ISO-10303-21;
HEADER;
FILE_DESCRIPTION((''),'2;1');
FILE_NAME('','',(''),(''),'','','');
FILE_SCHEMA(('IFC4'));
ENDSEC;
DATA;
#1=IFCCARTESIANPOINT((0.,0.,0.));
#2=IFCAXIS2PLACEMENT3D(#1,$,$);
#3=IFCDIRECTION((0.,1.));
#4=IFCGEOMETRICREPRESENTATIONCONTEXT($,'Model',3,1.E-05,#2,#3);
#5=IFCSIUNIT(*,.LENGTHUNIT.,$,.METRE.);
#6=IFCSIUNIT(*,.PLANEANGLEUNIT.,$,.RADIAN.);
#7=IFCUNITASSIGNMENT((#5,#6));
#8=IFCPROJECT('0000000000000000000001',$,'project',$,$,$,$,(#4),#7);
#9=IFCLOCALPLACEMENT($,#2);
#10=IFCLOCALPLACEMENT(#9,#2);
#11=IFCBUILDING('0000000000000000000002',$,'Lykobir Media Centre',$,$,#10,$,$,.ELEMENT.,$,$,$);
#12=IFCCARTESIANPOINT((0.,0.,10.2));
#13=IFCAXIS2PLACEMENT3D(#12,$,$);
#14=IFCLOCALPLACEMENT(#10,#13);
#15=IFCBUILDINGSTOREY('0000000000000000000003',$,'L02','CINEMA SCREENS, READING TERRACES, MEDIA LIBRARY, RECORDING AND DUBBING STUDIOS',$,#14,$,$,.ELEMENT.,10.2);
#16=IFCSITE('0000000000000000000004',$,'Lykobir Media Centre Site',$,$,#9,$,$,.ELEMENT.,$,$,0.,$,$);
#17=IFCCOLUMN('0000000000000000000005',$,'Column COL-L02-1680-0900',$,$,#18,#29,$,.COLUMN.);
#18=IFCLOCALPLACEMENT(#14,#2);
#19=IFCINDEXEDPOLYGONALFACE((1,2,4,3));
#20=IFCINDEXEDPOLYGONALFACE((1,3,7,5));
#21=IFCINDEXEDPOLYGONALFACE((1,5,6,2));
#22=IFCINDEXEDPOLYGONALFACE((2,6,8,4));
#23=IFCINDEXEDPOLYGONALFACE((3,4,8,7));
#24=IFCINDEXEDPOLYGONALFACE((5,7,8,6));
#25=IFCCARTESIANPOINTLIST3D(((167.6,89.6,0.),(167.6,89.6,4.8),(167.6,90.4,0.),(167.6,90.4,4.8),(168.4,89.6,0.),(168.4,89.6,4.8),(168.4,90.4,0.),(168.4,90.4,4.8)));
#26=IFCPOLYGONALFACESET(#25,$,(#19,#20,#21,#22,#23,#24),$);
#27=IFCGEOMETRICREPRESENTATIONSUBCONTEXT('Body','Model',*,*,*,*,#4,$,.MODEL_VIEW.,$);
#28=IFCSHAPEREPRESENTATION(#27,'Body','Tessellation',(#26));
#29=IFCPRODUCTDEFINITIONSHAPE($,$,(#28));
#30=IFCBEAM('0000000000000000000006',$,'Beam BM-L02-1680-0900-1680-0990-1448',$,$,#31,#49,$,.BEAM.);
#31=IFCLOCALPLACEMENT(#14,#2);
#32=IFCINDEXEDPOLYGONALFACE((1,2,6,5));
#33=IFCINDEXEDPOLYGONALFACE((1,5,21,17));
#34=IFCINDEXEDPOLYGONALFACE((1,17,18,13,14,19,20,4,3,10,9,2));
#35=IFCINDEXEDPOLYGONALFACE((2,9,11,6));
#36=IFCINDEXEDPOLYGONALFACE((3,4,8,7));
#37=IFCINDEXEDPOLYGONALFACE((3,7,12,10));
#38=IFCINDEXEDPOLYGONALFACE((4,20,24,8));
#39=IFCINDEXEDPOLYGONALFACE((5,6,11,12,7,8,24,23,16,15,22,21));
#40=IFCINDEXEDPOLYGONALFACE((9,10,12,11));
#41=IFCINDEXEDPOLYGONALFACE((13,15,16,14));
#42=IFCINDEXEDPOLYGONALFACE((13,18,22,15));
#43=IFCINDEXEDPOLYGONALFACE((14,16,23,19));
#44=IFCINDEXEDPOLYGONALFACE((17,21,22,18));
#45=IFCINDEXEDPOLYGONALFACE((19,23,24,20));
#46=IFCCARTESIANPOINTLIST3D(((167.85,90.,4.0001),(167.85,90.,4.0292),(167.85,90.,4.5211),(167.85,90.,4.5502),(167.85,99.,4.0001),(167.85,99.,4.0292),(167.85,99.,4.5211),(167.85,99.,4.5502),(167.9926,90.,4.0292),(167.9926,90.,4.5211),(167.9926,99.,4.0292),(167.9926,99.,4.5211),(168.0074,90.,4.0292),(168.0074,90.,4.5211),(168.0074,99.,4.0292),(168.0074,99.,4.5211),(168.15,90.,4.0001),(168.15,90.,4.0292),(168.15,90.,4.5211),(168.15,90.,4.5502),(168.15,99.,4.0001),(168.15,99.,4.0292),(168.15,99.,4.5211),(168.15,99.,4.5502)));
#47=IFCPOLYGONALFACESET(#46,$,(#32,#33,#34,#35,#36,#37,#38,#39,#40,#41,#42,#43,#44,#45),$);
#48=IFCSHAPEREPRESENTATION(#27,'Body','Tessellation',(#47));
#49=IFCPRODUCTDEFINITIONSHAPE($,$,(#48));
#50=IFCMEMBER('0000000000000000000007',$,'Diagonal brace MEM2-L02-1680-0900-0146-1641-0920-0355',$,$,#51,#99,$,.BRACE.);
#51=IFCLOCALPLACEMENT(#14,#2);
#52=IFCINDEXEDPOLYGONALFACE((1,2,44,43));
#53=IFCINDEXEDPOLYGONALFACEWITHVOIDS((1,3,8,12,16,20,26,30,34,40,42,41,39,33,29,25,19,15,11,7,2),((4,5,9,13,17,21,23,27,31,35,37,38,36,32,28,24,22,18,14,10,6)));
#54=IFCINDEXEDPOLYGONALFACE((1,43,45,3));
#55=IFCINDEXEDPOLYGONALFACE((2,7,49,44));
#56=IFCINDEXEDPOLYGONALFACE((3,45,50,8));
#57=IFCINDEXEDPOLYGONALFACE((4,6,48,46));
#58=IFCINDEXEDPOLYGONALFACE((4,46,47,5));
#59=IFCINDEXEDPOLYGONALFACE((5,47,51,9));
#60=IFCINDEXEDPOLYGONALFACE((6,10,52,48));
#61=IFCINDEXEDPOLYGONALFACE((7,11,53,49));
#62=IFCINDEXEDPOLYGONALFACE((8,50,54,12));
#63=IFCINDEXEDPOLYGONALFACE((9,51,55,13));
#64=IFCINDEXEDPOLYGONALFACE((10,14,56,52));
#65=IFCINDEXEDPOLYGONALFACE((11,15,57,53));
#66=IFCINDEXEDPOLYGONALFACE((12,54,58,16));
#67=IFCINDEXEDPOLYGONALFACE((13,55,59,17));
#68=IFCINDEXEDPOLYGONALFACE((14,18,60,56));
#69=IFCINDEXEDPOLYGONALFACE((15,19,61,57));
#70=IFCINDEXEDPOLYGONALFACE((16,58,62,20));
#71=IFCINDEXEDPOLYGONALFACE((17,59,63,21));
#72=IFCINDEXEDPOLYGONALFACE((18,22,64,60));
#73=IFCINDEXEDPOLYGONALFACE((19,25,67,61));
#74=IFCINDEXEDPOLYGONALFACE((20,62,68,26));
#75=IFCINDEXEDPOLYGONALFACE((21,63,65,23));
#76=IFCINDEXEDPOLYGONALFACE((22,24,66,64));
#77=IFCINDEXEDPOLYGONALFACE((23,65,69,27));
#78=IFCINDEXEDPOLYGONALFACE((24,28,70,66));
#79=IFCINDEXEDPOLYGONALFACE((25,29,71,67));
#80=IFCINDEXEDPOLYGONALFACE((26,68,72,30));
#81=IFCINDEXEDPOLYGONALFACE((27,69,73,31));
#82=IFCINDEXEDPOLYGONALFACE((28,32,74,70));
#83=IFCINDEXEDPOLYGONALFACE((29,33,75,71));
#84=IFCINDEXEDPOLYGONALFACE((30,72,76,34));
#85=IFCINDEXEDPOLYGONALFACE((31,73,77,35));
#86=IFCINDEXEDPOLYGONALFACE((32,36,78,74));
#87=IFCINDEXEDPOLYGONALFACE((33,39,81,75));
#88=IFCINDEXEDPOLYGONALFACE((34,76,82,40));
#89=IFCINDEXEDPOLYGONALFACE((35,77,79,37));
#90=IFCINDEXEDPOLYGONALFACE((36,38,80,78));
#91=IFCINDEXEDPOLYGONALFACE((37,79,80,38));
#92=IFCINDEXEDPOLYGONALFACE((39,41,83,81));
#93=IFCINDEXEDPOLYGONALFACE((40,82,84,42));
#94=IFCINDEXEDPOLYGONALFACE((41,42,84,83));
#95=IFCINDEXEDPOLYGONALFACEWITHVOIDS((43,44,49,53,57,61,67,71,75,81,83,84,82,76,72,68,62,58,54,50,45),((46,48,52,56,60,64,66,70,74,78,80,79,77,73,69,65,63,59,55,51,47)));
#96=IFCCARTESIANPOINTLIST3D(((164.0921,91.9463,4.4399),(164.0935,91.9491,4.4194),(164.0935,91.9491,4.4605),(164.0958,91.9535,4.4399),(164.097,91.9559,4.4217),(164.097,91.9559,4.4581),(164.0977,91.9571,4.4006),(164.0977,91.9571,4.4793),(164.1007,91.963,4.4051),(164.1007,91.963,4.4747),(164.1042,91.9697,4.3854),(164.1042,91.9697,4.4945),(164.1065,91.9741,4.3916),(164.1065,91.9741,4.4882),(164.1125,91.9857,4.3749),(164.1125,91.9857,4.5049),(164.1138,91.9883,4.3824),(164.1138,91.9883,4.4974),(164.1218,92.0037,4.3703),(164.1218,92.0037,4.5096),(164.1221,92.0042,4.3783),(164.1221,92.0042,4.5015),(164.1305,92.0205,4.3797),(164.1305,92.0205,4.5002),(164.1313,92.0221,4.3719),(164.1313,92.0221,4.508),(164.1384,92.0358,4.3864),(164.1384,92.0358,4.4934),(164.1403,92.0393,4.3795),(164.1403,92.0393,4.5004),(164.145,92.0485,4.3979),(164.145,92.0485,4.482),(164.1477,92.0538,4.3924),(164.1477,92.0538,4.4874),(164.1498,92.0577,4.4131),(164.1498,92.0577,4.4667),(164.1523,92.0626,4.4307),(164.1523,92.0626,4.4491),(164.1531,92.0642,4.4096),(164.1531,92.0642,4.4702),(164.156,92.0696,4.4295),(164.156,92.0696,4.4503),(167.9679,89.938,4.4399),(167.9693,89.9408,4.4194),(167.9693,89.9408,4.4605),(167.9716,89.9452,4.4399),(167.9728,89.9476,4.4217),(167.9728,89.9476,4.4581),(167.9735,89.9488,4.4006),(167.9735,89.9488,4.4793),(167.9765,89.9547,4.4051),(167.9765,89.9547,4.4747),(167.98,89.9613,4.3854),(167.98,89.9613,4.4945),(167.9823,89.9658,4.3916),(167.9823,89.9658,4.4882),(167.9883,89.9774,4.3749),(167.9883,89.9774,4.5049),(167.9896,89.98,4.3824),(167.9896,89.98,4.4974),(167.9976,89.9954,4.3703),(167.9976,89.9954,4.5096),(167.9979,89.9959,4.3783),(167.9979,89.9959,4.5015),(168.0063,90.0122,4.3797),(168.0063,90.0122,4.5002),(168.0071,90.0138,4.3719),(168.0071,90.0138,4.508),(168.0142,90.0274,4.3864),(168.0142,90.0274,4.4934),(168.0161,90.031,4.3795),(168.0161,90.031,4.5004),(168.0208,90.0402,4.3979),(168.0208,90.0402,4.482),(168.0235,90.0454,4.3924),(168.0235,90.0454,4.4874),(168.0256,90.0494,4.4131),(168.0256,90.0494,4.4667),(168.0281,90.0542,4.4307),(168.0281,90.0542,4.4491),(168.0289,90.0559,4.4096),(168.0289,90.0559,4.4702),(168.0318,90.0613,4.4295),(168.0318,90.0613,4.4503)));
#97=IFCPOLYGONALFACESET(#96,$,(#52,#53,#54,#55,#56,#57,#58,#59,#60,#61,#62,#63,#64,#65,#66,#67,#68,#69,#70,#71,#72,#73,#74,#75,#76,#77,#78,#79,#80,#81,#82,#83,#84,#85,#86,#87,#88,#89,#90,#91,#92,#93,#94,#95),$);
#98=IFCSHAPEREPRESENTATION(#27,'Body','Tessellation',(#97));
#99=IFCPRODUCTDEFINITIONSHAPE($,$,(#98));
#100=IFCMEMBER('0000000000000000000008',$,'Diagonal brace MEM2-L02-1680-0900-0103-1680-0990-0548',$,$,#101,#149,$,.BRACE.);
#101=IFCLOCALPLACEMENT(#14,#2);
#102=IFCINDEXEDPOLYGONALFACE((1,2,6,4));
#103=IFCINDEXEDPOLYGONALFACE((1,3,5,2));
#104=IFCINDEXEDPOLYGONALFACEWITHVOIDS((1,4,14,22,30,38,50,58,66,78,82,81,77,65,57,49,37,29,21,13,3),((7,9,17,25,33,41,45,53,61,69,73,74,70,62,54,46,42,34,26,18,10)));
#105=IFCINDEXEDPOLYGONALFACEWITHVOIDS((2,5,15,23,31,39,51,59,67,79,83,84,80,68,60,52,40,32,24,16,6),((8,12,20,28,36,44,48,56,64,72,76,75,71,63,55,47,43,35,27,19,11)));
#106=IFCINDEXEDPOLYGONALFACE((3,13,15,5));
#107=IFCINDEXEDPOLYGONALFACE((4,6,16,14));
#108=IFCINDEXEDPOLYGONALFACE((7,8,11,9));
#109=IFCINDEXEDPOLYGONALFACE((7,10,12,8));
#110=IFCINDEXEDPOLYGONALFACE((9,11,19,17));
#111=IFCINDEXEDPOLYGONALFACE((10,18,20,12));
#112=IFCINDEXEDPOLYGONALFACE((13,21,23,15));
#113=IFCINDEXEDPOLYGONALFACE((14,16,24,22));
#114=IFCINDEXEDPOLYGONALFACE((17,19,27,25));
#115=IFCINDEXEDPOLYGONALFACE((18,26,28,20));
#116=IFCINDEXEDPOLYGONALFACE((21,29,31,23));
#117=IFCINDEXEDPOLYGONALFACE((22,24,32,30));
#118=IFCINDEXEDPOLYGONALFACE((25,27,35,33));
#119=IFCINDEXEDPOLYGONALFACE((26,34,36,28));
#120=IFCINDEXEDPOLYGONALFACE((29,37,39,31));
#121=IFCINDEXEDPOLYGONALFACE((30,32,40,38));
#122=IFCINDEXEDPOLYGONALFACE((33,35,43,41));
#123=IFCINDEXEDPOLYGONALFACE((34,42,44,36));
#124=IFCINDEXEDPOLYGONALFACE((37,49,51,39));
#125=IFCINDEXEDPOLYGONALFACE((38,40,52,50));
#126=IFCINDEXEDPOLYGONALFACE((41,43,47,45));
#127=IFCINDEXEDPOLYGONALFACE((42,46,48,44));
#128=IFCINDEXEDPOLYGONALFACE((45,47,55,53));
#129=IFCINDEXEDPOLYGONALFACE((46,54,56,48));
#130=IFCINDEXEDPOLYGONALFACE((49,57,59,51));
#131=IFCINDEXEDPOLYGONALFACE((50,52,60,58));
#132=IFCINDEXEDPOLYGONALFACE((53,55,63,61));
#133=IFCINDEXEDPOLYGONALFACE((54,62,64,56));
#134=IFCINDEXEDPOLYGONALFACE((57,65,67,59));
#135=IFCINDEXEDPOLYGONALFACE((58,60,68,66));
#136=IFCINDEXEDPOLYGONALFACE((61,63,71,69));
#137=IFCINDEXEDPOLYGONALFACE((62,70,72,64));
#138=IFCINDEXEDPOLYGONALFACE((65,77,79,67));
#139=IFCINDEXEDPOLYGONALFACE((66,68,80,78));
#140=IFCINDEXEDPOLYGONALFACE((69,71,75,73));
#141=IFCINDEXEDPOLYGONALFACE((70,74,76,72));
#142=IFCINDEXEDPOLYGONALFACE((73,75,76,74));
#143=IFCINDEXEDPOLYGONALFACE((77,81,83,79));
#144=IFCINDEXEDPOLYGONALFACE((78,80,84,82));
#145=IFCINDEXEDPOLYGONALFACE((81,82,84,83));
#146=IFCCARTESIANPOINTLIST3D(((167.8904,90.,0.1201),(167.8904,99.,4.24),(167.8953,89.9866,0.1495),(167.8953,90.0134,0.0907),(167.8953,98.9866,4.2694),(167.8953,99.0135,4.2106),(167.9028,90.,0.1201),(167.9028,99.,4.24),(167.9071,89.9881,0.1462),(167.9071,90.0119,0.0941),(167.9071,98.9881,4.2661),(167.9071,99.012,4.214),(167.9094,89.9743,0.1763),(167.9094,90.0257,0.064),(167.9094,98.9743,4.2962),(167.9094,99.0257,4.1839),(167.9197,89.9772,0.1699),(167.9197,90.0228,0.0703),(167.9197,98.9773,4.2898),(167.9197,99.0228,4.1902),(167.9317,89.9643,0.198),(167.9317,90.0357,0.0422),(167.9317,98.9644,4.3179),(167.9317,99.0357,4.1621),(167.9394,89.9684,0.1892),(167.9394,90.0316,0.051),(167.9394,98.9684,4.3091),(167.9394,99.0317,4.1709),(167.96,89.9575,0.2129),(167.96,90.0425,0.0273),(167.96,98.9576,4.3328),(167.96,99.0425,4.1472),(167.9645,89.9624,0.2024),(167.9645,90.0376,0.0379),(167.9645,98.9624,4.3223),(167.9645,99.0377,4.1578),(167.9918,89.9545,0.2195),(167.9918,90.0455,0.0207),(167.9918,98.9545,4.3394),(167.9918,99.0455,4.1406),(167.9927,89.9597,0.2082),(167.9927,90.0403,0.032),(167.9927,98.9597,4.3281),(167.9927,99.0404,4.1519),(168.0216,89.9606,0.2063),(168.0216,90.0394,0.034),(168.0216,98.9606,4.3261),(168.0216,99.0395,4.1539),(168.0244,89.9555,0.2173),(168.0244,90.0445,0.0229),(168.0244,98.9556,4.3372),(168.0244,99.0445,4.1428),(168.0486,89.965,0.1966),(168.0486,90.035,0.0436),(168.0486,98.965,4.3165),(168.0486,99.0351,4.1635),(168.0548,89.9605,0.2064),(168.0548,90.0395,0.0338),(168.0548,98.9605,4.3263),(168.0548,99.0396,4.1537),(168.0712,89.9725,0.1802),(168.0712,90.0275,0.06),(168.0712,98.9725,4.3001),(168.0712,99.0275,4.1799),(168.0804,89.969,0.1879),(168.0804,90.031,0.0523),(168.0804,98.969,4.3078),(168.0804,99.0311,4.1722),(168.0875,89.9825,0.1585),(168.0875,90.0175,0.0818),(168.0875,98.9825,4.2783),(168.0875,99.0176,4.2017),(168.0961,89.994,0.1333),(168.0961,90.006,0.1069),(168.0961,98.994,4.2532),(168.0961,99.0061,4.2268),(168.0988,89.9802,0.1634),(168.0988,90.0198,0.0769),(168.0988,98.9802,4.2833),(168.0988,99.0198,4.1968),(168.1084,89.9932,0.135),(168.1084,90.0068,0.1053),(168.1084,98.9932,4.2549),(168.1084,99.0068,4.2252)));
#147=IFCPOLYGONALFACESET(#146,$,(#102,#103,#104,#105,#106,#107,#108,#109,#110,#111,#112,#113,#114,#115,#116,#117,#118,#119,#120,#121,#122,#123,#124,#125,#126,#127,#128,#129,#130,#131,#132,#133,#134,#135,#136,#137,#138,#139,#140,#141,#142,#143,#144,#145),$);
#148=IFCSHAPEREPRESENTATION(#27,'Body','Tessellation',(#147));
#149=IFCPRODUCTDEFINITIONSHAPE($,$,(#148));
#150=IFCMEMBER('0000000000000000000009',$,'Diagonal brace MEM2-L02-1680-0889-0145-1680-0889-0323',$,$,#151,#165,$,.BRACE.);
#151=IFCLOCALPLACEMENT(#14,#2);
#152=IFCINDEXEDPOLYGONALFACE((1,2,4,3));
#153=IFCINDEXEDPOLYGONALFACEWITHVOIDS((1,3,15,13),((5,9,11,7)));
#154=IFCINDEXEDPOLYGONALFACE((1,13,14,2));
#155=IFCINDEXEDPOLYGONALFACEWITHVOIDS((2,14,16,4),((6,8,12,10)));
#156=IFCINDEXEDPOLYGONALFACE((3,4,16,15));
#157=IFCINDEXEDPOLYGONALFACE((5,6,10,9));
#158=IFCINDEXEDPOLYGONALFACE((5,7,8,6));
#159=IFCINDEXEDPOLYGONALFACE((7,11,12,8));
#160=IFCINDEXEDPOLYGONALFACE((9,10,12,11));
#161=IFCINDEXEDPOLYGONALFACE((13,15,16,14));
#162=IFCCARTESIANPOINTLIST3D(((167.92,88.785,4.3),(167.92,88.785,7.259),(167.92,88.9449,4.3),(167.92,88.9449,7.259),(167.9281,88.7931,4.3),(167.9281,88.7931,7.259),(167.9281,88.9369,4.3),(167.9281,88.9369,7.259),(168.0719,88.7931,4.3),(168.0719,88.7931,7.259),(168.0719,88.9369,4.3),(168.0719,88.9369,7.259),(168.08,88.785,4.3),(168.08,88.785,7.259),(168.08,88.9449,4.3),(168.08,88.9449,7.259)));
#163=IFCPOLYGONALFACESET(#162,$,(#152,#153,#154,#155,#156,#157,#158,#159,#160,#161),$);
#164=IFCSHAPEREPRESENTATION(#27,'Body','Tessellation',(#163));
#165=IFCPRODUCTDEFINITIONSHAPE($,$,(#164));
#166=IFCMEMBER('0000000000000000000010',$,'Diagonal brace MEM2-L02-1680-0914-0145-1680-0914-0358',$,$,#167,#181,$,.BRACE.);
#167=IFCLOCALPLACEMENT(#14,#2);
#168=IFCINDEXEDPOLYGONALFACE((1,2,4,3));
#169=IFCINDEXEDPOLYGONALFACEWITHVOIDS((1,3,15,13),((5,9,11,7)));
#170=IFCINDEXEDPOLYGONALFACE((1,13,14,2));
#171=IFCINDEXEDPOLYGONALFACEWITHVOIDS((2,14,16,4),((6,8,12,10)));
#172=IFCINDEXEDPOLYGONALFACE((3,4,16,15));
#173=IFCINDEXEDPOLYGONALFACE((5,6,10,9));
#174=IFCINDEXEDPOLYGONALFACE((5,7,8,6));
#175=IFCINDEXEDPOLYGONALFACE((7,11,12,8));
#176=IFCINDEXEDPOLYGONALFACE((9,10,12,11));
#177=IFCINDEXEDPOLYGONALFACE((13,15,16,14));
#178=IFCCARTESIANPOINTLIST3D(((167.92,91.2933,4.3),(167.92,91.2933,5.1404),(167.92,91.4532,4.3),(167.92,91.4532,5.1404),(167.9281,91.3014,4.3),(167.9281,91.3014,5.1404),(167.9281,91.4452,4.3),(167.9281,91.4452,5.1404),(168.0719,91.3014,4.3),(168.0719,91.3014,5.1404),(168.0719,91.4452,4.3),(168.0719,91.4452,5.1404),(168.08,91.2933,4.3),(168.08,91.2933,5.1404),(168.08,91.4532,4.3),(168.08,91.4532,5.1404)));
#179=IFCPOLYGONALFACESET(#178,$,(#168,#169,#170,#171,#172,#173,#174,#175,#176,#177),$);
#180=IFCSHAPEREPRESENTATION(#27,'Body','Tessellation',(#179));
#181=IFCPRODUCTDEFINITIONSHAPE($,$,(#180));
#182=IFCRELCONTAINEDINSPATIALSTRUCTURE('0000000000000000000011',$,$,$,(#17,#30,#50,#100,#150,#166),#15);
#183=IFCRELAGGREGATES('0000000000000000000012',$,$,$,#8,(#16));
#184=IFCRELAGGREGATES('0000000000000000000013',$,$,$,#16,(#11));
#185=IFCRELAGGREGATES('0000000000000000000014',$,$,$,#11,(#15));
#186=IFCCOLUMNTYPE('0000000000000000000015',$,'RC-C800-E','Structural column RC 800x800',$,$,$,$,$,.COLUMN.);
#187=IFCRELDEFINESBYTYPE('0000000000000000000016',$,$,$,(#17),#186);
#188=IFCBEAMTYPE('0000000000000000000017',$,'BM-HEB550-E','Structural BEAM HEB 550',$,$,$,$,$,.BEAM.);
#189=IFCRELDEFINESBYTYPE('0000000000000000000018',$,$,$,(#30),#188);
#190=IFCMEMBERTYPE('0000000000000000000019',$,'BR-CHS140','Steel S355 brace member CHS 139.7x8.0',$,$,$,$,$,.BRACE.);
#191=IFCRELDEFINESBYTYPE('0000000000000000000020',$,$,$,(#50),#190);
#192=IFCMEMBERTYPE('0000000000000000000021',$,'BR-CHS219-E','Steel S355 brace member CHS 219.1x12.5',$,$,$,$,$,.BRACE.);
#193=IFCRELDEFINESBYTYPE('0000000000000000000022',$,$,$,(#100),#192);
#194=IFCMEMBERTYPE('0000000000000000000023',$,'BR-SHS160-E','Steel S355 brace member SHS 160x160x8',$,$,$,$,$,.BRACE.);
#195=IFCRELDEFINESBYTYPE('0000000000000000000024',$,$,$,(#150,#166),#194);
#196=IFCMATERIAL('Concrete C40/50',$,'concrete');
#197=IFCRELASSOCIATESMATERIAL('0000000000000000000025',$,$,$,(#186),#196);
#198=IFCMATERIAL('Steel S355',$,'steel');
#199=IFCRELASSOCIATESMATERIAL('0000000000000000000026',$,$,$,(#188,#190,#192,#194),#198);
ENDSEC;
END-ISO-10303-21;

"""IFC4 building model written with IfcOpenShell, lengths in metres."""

from ifc_helpers import new_model, si_unit, direction, frame, origin, origin_2d, place, context, subcontext, project, spatial, rectangle, hollow_rectangle, hollow_circle, i_section, extrude, material, material_profile, profile_set, type_object, element, save


model = new_model("IFC4")

# Units and contexts
model_context = context("Model", 3, precision=1e-05, world=origin(), true_north=direction((0.0, 1.0)))
body_context = subcontext(model_context, "Body", "Model", "MODEL_VIEW")
ifc_project = project(units=[si_unit("LENGTHUNIT", "METRE"), si_unit("PLANEANGLEUNIT", "RADIAN")], contexts=[model_context])

# Site, building, storey
site_placement = place(None, origin())
site = spatial("IfcSite", under=ifc_project, at=site_placement, Name="Lykobir Media Centre Site", CompositionType="ELEMENT", RefElevation=0.0)
building_placement = place(site_placement, origin())
building = spatial("IfcBuilding", under=site, at=building_placement, Name="Lykobir Media Centre", CompositionType="ELEMENT")
storey_placement = place(building_placement, frame((0.0, 0.0, 10.2)))
storey = spatial("IfcBuildingStorey", under=building, at=storey_placement, Name="L02", Description="CINEMA SCREENS, READING TERRACES, MEDIA LIBRARY, RECORDING AND DUBBING STUDIOS", CompositionType="ELEMENT", Elevation=10.2)

# Column
ifc_material_1 = material(Name="Concrete C40/50", Category="concrete")
ifc_material_profile_1 = material_profile(ifc_material_1, rectangle(XDim=0.8, YDim=0.8, at=origin_2d()), Name="RC 800x800")
ifc_profile_set_1 = profile_set([ifc_material_profile_1], Name="Concrete C40/50")
column_type = type_object("IfcColumnType", Name="RC-C800-E", Description="Structural column RC 800x800", PredefinedType="COLUMN", material=ifc_profile_set_1)
column_placement = place(storey_placement, frame((168.0, 90.0, 0.0), z_axis=(0.0, 0.0, 1.0), x_axis=(1.0, 0.0, 0.0)))
element("IfcColumn", 1, at=column_placement, inside=storey, type_object=column_type, Name="Column COL-L02-1680-0900", PredefinedType="COLUMN", context=body_context, shape_type="SweptSolid", body=[
    extrude(rectangle(XDim=0.8, YDim=0.8, at=origin_2d()), origin(), (0.0, 0.0, 1.0), 4.8),
])

# Beam
ifc_material_2 = material(Name="Steel S355", Category="steel")
ifc_material_profile_2 = material_profile(ifc_material_2, i_section(OverallWidth=0.3, OverallDepth=0.55, WebThickness=0.0149, FlangeThickness=0.0291, at=origin_2d()), Name="HEB 550")
ifc_profile_set_2 = profile_set([ifc_material_profile_2], Name="Steel S355")
beam_type = type_object("IfcBeamType", Name="BM-HEB550-E", Description="Structural BEAM HEB 550", PredefinedType="BEAM", material=ifc_profile_set_2)
beam_placement = place(storey_placement, frame((168.0, 90.0, 4.2751), z_axis=(0.0, 1.0, 0.0), x_axis=(-1.0, 0.0, 0.0)))
element("IfcBeam", 2, at=beam_placement, inside=storey, type_object=beam_type, Name="Beam BM-L02-1680-0900-1680-0990-1448", PredefinedType="BEAM", context=body_context, shape_type="SweptSolid", body=[
    extrude(i_section(OverallWidth=0.3, OverallDepth=0.55, WebThickness=0.0149, FlangeThickness=0.0291, at=origin_2d()), origin(), (0.0, 0.0, 1.0), 9.0),
])

# Members
ifc_material_profile_3 = material_profile(ifc_material_2, hollow_circle(Radius=0.0698, WallThickness=0.0081, at=origin_2d()), Name="CHS 139.7x8.0")
ifc_profile_set_3 = profile_set([ifc_material_profile_3], Name="Steel S355")
member_type_1 = type_object("IfcMemberType", Name="BR-CHS140", Description="Steel S355 brace member CHS 139.7x8.0", PredefinedType="BRACE", material=ifc_profile_set_3)
member_1_placement = place(storey_placement, frame((168.0, 90.0, 4.4399), z_axis=(-0.88788, 0.460076, 0.0), x_axis=(-0.460076, -0.88788, 0.0)))
element("IfcMember", 3, at=member_1_placement, inside=storey, type_object=member_type_1, Name="Diagonal brace MEM2-L02-1680-0900-0146-1641-0920-0355", PredefinedType="BRACE", context=body_context, shape_type="SweptSolid", body=[
    extrude(hollow_circle(Radius=0.0698, WallThickness=0.0081, at=origin_2d()), origin(), (0.0, 0.0, 1.0), 4.3652),
])
ifc_material_profile_4 = material_profile(ifc_material_2, hollow_circle(Radius=0.1096, WallThickness=0.0125, at=origin_2d()), Name="CHS 219.1x12.5")
ifc_profile_set_4 = profile_set([ifc_material_profile_4], Name="Steel S355")
member_type_2 = type_object("IfcMemberType", Name="BR-CHS219-E", Description="Steel S355 brace member CHS 219.1x12.5", PredefinedType="BRACE", material=ifc_profile_set_4)
member_2_placement = place(storey_placement, frame((168.0, 90.0, 0.1201), z_axis=(0.0, 0.909261, 0.416227), x_axis=(-1.0, 0.0, 0.0)))
element("IfcMember", 4, at=member_2_placement, inside=storey, type_object=member_type_2, Name="Diagonal brace MEM2-L02-1680-0900-0103-1680-0990-0548", PredefinedType="BRACE", context=body_context, shape_type="SweptSolid", body=[
    extrude(hollow_circle(Radius=0.1096, WallThickness=0.0125, at=origin_2d()), origin(), (0.0, 0.0, 1.0), 9.8982),
])
ifc_material_profile_5 = material_profile(ifc_material_2, hollow_rectangle(XDim=0.1599, YDim=0.1599, WallThickness=0.0081, at=origin_2d()), Name="SHS 160x160x8")
ifc_profile_set_5 = profile_set([ifc_material_profile_5], Name="Steel S355")
member_type_3 = type_object("IfcMemberType", Name="BR-SHS160-E", Description="Steel S355 brace member SHS 160x160x8", PredefinedType="BRACE", material=ifc_profile_set_5)
member_3_placement = place(storey_placement, frame((168.0, 88.865, 4.3), z_axis=(0.0, 0.0, 1.0), x_axis=(1.0, 0.0, 0.0)))
element("IfcMember", 5, at=member_3_placement, inside=storey, type_object=member_type_3, Name="Diagonal brace MEM2-L02-1680-0889-0145-1680-0889-0323", PredefinedType="BRACE", context=body_context, shape_type="SweptSolid", body=[
    extrude(hollow_rectangle(XDim=0.1599, YDim=0.1599, WallThickness=0.0081, at=origin_2d()), origin(), (0.0, 0.0, 1.0), 2.959),
])
member_4_placement = place(storey_placement, frame((168.0, 91.3733, 4.3), z_axis=(0.0, 0.0, 1.0), x_axis=(1.0, 0.0, 0.0)))
element("IfcMember", 6, at=member_4_placement, inside=storey, type_object=member_type_3, Name="Diagonal brace MEM2-L02-1680-0914-0145-1680-0914-0358", PredefinedType="BRACE", context=body_context, shape_type="SweptSolid", body=[
    extrude(hollow_rectangle(XDim=0.1599, YDim=0.1599, WallThickness=0.0081, at=origin_2d()), origin(), (0.0, 0.0, 1.0), 0.8403),
])

save(model, "model.ifc")
